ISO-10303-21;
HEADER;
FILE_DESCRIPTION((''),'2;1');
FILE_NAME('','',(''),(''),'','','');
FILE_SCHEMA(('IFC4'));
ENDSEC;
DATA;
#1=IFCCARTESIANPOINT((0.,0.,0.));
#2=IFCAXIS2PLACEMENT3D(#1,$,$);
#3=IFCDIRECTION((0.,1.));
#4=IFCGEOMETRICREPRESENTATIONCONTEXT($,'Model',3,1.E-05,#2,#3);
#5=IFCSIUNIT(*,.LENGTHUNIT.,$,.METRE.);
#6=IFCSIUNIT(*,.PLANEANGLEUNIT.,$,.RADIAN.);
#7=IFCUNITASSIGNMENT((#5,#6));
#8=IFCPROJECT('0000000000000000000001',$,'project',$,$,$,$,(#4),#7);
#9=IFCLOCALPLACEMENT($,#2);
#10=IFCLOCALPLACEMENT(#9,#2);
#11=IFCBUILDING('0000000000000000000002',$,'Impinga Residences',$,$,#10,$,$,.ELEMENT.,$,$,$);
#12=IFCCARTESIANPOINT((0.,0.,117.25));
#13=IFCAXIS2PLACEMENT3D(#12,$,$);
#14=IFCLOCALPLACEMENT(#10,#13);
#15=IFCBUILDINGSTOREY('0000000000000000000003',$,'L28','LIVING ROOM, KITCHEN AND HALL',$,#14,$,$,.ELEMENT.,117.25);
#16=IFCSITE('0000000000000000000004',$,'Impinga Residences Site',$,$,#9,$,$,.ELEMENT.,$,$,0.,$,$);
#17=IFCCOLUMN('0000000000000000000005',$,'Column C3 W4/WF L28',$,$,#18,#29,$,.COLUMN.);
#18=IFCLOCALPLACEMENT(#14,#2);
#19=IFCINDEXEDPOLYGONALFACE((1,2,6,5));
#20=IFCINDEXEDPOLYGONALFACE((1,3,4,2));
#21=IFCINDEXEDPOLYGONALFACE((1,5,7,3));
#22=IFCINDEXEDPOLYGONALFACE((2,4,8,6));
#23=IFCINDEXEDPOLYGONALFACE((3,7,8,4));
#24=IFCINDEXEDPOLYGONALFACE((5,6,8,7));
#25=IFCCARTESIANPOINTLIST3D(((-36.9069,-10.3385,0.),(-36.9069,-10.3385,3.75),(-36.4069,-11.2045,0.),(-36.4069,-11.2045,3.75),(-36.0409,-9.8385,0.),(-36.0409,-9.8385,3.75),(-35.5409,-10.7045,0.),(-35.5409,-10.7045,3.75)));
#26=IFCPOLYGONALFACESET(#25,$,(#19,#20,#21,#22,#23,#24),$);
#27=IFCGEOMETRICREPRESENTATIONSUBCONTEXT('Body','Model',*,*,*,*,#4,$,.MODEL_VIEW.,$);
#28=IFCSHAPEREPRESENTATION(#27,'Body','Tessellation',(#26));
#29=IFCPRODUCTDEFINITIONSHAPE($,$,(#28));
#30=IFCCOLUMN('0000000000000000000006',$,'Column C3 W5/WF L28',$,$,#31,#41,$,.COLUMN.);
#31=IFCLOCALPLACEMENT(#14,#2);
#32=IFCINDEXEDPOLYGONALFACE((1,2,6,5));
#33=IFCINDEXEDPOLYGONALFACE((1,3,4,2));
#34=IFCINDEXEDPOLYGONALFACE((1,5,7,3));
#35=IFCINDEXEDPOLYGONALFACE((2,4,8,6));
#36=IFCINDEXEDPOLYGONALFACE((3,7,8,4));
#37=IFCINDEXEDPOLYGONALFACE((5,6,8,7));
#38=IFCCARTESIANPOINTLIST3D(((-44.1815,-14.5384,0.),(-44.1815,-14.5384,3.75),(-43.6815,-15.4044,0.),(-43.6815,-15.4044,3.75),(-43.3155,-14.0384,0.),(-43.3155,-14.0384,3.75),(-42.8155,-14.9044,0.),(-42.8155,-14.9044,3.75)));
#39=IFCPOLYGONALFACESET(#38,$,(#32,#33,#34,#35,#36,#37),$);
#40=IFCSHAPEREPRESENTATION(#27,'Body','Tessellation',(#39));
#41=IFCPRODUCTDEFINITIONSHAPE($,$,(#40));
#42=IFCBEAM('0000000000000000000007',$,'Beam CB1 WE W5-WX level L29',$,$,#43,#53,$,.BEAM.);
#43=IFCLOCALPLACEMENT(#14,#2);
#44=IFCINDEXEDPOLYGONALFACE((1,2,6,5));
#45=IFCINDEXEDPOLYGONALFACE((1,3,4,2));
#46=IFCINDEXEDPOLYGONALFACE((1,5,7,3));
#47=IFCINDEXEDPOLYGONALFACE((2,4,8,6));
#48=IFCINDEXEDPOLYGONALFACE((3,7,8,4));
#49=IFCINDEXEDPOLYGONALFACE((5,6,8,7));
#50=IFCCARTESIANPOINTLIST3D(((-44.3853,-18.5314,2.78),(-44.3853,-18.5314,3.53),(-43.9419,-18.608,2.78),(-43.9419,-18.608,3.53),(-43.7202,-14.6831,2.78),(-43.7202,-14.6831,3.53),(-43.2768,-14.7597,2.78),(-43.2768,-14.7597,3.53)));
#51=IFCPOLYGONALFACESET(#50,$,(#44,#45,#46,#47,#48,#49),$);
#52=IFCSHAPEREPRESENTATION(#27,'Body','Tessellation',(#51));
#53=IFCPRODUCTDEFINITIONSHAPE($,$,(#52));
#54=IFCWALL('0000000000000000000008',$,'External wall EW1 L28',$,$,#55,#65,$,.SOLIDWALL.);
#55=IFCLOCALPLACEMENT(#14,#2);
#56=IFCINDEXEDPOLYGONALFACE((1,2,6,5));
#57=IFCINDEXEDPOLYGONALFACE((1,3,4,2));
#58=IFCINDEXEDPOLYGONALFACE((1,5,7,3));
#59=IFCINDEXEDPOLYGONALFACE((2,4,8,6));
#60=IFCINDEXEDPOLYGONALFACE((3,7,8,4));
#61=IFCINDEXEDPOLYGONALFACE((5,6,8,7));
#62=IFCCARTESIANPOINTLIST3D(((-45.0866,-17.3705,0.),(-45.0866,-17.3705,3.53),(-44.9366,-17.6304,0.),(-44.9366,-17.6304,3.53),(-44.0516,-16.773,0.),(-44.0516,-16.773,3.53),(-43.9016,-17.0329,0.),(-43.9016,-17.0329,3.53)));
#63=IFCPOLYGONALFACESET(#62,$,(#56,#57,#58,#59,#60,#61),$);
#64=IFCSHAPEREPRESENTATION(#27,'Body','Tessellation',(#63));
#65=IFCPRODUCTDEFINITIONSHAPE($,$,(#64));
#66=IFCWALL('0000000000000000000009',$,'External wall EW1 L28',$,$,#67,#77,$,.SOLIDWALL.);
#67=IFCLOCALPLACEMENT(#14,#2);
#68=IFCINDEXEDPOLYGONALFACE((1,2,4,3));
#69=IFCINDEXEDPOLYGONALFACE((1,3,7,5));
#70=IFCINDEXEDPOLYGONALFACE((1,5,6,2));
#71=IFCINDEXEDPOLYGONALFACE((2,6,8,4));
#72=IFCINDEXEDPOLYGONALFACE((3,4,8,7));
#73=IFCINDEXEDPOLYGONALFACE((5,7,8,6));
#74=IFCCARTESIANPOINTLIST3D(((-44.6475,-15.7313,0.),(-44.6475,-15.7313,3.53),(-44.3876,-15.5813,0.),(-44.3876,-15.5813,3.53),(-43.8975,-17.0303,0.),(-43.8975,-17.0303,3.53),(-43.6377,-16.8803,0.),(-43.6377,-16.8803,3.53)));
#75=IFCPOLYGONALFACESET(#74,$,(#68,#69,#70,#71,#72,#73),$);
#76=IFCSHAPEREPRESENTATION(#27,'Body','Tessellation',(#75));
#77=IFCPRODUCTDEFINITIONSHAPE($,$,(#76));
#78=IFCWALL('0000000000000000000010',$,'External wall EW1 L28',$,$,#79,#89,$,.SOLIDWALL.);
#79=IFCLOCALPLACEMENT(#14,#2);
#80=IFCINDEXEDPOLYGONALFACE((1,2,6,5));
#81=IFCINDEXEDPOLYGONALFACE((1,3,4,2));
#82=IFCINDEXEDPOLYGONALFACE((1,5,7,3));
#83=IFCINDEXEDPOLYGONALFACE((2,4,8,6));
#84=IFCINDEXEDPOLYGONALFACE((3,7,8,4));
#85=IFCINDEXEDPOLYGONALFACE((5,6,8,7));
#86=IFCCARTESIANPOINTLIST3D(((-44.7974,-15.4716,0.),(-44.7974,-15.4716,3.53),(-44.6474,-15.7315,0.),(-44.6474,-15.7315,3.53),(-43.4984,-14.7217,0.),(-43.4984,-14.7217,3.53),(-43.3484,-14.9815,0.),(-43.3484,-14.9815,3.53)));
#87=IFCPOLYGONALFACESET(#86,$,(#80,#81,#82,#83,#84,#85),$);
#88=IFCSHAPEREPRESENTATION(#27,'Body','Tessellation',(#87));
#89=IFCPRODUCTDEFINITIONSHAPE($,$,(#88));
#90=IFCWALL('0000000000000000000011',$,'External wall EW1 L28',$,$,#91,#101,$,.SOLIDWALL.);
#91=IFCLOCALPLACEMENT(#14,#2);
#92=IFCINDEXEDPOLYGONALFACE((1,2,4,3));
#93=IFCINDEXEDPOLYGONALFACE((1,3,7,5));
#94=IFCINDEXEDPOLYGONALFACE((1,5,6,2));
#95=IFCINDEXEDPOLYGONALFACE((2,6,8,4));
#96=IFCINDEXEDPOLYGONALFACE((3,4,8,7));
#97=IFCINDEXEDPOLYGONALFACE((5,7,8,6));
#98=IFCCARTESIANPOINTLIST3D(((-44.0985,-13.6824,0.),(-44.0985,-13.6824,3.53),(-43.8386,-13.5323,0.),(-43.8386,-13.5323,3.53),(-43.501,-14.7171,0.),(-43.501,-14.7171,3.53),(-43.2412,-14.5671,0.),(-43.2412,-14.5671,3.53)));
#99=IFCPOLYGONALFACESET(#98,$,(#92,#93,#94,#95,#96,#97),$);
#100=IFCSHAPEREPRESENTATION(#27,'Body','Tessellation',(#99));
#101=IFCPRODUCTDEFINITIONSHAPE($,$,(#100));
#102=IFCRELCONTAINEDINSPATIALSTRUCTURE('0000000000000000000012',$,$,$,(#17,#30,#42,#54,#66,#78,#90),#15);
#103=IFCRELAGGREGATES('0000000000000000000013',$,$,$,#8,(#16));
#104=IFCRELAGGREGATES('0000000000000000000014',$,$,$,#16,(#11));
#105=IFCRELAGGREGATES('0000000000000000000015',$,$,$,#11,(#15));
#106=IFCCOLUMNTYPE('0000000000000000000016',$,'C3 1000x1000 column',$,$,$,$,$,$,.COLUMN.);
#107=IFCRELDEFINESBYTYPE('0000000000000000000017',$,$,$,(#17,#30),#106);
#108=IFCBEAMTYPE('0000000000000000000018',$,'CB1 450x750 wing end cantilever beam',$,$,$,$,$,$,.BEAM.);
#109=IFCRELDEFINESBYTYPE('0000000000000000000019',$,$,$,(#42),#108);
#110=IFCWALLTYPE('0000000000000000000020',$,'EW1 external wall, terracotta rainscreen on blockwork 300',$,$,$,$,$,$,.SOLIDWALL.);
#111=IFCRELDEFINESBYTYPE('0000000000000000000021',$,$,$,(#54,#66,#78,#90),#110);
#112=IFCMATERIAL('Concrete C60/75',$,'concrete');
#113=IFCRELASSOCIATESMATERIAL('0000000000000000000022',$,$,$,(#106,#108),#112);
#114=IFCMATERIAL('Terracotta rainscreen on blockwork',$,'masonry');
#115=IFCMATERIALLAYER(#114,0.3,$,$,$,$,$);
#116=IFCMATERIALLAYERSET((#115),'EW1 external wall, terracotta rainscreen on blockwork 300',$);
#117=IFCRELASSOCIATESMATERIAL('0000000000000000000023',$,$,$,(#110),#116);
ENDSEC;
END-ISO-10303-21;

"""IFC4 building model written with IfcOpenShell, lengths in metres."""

from ifc_helpers import new_model, si_unit, direction, frame, frame_2d, origin, origin_2d, place, context, subcontext, project, spatial, rectangle, extrude, material, layer, layer_set, material_profile, profile_set, type_object, element, save


model = new_model("IFC4")

# Units and contexts
model_context = context("Model", 3, precision=1e-05, world=origin(), true_north=direction((0.0, 1.0)))
body_context = subcontext(model_context, "Body", "Model", "MODEL_VIEW")
ifc_project = project(units=[si_unit("LENGTHUNIT", "METRE"), si_unit("PLANEANGLEUNIT", "RADIAN")], contexts=[model_context])

# Site, building, storey
site_placement = place(None, origin())
site = spatial("IfcSite", under=ifc_project, at=site_placement, Name="Impinga Residences Site", CompositionType="ELEMENT", RefElevation=0.0)
building_placement = place(site_placement, origin())
building = spatial("IfcBuilding", under=site, at=building_placement, Name="Impinga Residences", CompositionType="ELEMENT")
storey_placement = place(building_placement, frame((0.0, 0.0, 117.25)))
storey = spatial("IfcBuildingStorey", under=building, at=storey_placement, Name="L28", Description="LIVING ROOM, KITCHEN AND HALL", CompositionType="ELEMENT", Elevation=117.25)

# Columns
ifc_material_1 = material(Name="Concrete C60/75", Category="concrete")
ifc_material_profile_1 = material_profile(ifc_material_1, rectangle(XDim=1.0, YDim=1.0, at=origin_2d()), Name="RC 1000x1000")
ifc_profile_set_1 = profile_set([ifc_material_profile_1], Name="Concrete C60/75")
column_type = type_object("IfcColumnType", Name="C3 1000x1000 column", PredefinedType="COLUMN", material=ifc_profile_set_1)
for number, where, z_axis, x_axis, name in (
    (1, (-36.2239, -10.5215, 0.0), (0.0, 0.0, 1.0), (-0.5, 0.866025, 0.0), "Column C3 W4/WF L28"),
    (2, (-43.4985, -14.7214, 0.0), (0.0, 0.0, 1.0), (-0.5, 0.866025, 0.0), "Column C3 W5/WF L28"),
):
    element("IfcColumn", number, at=place(storey_placement, frame(where, z_axis=z_axis, x_axis=x_axis)), inside=storey, type_object=column_type, Name=name, PredefinedType="COLUMN", context=body_context, shape_type="SweptSolid", body=[
        extrude(rectangle(XDim=1.0, YDim=1.0, at=origin_2d()), origin(), (0.0, 0.0, 1.0), 3.75),
    ])

# Beam
ifc_material_profile_2 = material_profile(ifc_material_1, rectangle(XDim=0.45, YDim=0.75, at=origin_2d()), Name="RC 450x750")
ifc_profile_set_2 = profile_set([ifc_material_profile_2], Name="Concrete C60/75")
beam_type = type_object("IfcBeamType", Name="CB1 450x750 wing end cantilever beam", PredefinedType="BEAM", material=ifc_profile_set_2)
beam_placement = place(storey_placement, frame((-43.4985, -14.7214, 3.155), z_axis=(-0.170296, -0.985393, 0.0), x_axis=(0.985393, -0.170296, 0.0)))
element("IfcBeam", 3, at=beam_placement, inside=storey, type_object=beam_type, Name="Beam CB1 WE W5-WX level L29", PredefinedType="BEAM", context=body_context, shape_type="SweptSolid", body=[
    extrude(rectangle(XDim=0.45, YDim=0.75, at=origin_2d()), origin(), (0.0, 0.0, 1.0), 3.9053),
])

# Walls
ifc_material_2 = material(Name="Terracotta rainscreen on blockwork", Category="masonry")
ifc_layer_1 = layer(ifc_material_2, 0.3)
ifc_layer_set_1 = layer_set([ifc_layer_1], Name="EW1 external wall, terracotta rainscreen on blockwork 300")
wall_type_1 = type_object("IfcWallType", Name="EW1 external wall, terracotta rainscreen on blockwork 300", PredefinedType="SOLIDWALL", material=ifc_layer_set_1)
wall_1_placement = place(storey_placement, frame((-45.0117, -17.5005, 0.0), z_axis=(0.0, 0.0, 1.0), x_axis=(0.86606, 0.499941, 0.0)))
element("IfcWall", 4, at=wall_1_placement, inside=storey, type_object=wall_type_1, Name="External wall EW1 L28", PredefinedType="SOLIDWALL", context=body_context, shape_type="SweptSolid", body=[
    extrude(rectangle(XDim=1.1951, YDim=0.3, at=frame_2d((0.5977, 0.0))), origin(), (0.0, 0.0, 1.0), 3.53),
])
for number, where, z_axis, x_axis, name in (
    (5, (-43.7676, -16.9553, 0.0), (0.0, 0.0, 1.0), (-0.49999, 0.866031, 0.0), "External wall EW1 L28"),
    (6, (-44.7224, -15.6016, 0.0), (0.0, 0.0, 1.0), (0.866031, 0.49999, 0.0), "External wall EW1 L28"),
):
    element("IfcWall", number, at=place(storey_placement, frame(where, z_axis=z_axis, x_axis=x_axis)), inside=storey, type_object=wall_type_1, Name=name, PredefinedType="SOLIDWALL", context=body_context, shape_type="SweptSolid", body=[
        extrude(rectangle(XDim=1.5, YDim=0.3, at=frame_2d((0.75, 0.0))), origin(), (0.0, 0.0, 1.0), 3.53),
    ])
wall_2_placement = place(storey_placement, frame((-43.3711, -14.6421, 0.0), z_axis=(0.0, 0.0, 1.0), x_axis=(-0.500029, 0.866009, 0.0)))
element("IfcWall", 7, at=wall_2_placement, inside=storey, type_object=wall_type_1, Name="External wall EW1 L28", PredefinedType="SOLIDWALL", context=body_context, shape_type="SweptSolid", body=[
    extrude(rectangle(XDim=1.1948, YDim=0.3, at=frame_2d((0.5974, 0.0))), origin(), (0.0, 0.0, 1.0), 3.53),
])

save(model, "model.ifc")
